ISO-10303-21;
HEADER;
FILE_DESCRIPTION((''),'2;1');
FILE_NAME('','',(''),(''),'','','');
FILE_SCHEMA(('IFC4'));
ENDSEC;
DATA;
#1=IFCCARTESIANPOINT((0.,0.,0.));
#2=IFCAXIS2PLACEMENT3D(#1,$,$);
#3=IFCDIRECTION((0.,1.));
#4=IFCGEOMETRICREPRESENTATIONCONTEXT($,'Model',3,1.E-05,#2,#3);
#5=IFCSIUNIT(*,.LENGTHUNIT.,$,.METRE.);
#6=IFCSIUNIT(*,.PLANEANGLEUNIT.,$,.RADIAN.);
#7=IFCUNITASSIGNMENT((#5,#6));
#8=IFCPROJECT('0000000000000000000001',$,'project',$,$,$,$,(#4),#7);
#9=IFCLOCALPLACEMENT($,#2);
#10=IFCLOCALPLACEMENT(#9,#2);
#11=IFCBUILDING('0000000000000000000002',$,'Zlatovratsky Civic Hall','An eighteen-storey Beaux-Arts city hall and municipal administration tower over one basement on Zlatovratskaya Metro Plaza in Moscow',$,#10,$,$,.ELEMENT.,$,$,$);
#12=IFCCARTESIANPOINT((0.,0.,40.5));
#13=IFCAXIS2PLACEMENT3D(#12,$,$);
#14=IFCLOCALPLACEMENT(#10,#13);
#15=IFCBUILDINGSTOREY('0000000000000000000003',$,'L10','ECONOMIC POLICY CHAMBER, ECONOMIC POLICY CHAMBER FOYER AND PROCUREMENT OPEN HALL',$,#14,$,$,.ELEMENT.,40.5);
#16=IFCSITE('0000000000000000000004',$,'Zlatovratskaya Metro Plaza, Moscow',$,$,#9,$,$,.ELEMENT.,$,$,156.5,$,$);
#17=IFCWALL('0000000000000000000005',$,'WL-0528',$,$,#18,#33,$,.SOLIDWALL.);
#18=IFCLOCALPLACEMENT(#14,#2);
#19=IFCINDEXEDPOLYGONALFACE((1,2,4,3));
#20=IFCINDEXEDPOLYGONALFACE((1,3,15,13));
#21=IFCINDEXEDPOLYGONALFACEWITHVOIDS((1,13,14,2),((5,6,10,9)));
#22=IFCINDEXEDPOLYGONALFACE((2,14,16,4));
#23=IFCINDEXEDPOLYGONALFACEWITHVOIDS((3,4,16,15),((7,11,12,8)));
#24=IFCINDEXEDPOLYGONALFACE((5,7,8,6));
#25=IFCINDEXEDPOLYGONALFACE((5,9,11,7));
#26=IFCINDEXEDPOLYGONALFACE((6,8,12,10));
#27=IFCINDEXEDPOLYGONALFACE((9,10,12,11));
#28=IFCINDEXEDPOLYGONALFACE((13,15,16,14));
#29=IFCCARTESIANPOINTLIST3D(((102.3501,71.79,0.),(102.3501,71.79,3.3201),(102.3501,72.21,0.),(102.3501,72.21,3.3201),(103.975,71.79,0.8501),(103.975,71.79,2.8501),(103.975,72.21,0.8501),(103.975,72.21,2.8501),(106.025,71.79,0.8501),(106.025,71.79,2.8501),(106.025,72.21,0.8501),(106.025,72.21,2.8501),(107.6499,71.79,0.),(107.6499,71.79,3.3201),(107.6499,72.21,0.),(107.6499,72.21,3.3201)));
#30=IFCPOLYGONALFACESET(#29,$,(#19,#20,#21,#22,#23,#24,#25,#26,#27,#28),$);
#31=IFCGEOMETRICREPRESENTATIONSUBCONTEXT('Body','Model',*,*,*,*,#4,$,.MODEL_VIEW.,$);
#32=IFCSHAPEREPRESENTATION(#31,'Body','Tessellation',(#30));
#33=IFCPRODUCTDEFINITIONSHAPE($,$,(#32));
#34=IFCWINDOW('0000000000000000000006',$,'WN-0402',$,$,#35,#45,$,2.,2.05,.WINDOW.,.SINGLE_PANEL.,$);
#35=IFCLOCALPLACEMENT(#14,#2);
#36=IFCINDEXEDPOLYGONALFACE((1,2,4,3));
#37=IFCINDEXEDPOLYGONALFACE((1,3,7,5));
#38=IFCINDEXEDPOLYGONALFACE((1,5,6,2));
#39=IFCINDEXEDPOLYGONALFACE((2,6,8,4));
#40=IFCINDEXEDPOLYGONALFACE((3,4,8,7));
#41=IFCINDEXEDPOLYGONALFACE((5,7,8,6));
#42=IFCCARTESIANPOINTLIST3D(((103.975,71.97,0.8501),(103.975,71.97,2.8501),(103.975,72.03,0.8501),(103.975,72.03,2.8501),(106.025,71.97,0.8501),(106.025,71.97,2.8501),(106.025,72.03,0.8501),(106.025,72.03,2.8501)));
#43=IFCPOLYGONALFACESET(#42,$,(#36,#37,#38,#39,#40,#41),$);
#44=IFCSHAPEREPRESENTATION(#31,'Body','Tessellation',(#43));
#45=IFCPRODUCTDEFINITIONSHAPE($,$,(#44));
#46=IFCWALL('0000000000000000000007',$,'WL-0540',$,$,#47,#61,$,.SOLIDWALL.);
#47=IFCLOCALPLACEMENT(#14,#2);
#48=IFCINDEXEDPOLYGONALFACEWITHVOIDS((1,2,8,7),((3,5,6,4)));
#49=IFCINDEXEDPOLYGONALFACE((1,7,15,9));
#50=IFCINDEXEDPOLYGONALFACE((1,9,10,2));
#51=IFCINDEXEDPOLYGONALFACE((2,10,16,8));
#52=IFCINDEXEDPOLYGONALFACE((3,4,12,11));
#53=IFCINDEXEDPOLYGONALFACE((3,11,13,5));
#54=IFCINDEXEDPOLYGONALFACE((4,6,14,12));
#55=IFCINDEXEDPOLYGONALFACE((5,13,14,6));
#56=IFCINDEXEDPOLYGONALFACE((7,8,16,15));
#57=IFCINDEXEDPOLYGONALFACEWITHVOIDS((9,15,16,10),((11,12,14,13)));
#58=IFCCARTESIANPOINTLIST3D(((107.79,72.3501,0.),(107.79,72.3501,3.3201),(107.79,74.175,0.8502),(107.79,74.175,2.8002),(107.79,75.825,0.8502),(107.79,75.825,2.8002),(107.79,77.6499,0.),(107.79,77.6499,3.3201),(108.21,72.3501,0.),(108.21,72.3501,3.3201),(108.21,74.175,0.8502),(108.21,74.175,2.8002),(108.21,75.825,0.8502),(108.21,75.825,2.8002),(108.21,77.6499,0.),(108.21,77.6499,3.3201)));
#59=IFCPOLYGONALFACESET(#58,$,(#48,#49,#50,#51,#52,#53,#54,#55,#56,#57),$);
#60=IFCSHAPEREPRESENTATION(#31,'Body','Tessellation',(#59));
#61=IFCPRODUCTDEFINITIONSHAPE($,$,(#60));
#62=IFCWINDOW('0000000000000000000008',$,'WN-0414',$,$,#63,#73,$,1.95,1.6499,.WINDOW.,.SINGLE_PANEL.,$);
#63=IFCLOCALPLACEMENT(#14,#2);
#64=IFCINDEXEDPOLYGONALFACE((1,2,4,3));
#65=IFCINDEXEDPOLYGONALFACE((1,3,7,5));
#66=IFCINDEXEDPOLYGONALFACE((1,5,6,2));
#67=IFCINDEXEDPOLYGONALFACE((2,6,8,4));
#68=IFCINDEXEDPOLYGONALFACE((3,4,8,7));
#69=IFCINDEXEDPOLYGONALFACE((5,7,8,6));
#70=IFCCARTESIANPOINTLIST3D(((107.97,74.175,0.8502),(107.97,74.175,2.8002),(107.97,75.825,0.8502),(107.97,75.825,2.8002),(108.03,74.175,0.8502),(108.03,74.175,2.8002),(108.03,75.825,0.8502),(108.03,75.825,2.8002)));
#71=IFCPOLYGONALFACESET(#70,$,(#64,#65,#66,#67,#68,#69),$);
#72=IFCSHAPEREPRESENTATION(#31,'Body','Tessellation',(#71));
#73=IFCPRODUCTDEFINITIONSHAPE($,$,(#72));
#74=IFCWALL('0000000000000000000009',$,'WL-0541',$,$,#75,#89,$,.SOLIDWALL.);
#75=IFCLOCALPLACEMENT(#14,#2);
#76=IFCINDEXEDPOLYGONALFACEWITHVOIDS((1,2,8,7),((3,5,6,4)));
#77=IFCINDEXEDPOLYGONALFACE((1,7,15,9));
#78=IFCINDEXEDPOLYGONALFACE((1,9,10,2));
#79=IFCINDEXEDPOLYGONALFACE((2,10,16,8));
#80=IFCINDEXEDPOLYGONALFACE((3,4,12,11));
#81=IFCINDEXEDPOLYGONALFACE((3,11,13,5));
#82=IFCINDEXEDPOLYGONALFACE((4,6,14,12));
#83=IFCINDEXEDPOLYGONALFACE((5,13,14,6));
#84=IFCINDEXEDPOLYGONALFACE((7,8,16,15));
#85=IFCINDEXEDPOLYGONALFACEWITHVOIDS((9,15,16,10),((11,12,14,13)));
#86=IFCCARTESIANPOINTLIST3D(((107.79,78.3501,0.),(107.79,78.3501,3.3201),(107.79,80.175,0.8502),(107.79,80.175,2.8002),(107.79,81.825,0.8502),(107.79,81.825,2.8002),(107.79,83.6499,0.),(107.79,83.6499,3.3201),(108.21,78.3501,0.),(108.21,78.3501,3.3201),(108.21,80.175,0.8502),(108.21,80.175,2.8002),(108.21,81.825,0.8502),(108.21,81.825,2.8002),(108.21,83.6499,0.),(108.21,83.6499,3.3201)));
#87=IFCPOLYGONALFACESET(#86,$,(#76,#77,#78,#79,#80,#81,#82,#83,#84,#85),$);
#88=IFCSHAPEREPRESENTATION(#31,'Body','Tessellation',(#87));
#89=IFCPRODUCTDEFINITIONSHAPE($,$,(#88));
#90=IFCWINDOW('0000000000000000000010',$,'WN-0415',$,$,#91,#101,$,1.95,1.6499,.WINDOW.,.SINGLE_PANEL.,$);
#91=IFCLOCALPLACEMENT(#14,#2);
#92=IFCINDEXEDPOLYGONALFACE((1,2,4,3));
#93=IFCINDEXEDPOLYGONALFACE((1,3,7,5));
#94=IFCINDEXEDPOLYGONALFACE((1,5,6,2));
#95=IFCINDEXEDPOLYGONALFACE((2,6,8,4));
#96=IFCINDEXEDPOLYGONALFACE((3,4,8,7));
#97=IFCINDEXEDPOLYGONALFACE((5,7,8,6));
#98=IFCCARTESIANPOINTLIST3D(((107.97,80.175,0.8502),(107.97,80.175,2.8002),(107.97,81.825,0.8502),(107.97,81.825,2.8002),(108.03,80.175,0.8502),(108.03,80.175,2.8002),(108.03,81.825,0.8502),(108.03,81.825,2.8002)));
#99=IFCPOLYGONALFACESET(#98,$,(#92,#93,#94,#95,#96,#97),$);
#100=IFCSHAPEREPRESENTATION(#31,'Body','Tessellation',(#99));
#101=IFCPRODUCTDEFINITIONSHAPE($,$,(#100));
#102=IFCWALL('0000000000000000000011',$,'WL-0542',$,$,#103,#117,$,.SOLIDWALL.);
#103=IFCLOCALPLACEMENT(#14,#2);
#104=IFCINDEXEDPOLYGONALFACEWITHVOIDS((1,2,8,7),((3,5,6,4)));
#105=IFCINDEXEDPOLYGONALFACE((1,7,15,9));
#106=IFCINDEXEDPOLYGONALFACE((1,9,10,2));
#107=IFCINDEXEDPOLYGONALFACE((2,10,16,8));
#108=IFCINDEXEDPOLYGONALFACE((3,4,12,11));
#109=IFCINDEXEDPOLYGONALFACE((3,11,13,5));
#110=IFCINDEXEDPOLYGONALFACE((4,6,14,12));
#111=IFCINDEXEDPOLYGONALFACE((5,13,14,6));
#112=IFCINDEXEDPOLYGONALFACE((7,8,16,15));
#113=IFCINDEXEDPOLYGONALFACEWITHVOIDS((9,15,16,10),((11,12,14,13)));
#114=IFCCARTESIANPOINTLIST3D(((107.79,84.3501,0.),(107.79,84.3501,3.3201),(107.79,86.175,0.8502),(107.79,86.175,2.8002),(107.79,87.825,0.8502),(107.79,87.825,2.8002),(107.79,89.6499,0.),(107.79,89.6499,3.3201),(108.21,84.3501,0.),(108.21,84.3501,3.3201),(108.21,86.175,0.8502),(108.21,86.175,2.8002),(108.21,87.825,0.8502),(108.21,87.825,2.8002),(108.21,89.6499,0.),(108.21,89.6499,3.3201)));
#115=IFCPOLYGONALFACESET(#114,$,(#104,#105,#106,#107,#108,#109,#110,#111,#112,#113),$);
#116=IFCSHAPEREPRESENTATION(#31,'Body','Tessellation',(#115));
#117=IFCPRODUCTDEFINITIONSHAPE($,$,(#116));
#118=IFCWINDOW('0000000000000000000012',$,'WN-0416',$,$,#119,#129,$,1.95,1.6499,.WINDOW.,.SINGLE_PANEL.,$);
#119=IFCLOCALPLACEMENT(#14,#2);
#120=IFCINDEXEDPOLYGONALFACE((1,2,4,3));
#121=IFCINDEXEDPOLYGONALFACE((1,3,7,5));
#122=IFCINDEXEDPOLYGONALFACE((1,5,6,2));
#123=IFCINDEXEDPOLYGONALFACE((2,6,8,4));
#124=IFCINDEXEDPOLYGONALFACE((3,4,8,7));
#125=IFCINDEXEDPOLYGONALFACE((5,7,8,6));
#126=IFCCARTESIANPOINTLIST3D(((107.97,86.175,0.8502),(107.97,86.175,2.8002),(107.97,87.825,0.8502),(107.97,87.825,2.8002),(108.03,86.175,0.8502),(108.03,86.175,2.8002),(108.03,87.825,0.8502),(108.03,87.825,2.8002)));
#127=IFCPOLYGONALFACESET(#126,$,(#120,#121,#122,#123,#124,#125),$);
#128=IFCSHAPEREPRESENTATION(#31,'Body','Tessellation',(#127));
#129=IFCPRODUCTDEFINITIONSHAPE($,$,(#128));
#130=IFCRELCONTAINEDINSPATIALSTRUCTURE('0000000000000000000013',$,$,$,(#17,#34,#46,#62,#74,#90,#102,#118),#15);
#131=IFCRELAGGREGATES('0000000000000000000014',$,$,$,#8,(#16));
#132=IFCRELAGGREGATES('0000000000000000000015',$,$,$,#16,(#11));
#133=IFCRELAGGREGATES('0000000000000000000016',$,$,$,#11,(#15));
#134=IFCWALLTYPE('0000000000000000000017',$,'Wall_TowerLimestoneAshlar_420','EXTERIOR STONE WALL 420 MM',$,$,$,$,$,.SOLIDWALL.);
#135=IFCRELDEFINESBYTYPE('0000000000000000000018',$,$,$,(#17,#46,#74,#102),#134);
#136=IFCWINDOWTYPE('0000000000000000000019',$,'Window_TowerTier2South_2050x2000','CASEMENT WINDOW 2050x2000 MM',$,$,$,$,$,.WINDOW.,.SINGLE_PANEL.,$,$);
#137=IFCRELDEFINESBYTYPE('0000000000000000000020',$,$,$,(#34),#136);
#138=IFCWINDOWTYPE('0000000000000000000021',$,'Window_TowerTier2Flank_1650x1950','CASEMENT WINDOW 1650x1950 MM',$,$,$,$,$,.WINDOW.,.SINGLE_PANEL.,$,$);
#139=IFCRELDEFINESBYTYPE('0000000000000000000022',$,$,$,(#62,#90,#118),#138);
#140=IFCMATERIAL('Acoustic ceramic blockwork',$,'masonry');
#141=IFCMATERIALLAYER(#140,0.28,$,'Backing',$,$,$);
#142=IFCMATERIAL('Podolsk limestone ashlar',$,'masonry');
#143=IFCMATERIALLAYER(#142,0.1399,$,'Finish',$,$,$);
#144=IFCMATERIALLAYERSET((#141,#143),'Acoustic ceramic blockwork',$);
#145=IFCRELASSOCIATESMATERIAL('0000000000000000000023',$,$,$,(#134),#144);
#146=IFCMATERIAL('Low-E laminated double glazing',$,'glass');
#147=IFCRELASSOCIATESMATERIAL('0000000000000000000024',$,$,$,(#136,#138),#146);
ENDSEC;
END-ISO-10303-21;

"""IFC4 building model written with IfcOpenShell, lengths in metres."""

from ifc_helpers import new_model, si_unit, direction, frame, frame_2d, origin, place, context, subcontext, project, spatial, rectangle, extrude, material, layer, layer_set, type_object, element, fill, save


model = new_model("IFC4")

# Units and contexts
model_context = context("Model", 3, precision=1e-05, world=origin(), true_north=direction((0.0, 1.0)))
body_context = subcontext(model_context, "Body", "Model", "MODEL_VIEW")
ifc_project = project(units=[si_unit("LENGTHUNIT", "METRE"), si_unit("PLANEANGLEUNIT", "RADIAN")], contexts=[model_context])

# Site, building, storey
site_placement = place(None, origin())
site = spatial("IfcSite", under=ifc_project, at=site_placement, Name="Zlatovratskaya Metro Plaza, Moscow", CompositionType="ELEMENT", RefElevation=156.5)
building_placement = place(site_placement, origin())
building = spatial("IfcBuilding", under=site, at=building_placement, Name="Zlatovratsky Civic Hall", Description="An eighteen-storey Beaux-Arts city hall and municipal administration tower over one basement on Zlatovratskaya Metro Plaza in Moscow", CompositionType="ELEMENT")
storey_placement = place(building_placement, frame((0.0, 0.0, 40.5)))
storey = spatial("IfcBuildingStorey", under=building, at=storey_placement, Name="L10", Description="ECONOMIC POLICY CHAMBER, ECONOMIC POLICY CHAMBER FOYER AND PROCUREMENT OPEN HALL", CompositionType="ELEMENT", Elevation=40.5)

# Walls, openings, windows
ifc_material_1 = material(Name="Acoustic ceramic blockwork", Category="masonry")
ifc_layer_1 = layer(ifc_material_1, 0.28, Name="Backing")
ifc_material_2 = material(Name="Podolsk limestone ashlar", Category="masonry")
ifc_layer_2 = layer(ifc_material_2, 0.1399, Name="Finish")
ifc_layer_set_1 = layer_set([ifc_layer_1, ifc_layer_2], Name="Acoustic ceramic blockwork")
wall_type_1 = type_object("IfcWallType", Name="Wall_TowerLimestoneAshlar_420", Description="EXTERIOR STONE WALL 420 MM", PredefinedType="SOLIDWALL", material=ifc_layer_set_1)
wall_1_placement = place(storey_placement, frame((102.3501, 72.0, 0.0), z_axis=(0.0, 0.0, 1.0), x_axis=(1.0, 0.0, 0.0)))
wall_1 = element("IfcWall", 1, at=wall_1_placement, inside=storey, type_object=wall_type_1, Name="WL-0528", PredefinedType="SOLIDWALL", context=body_context, shape_type="SweptSolid", body=[
    extrude(rectangle(XDim=5.2998, YDim=0.4199, at=frame_2d((2.6499, 0.0))), origin(), (0.0, 0.0, 1.0), 3.3201),
])
opening_1_placement = place(wall_1_placement, frame((1.625, 0.0, 0.8501)))
opening_1 = element("IfcOpeningElement", 2, at=opening_1_placement, cuts=wall_1, PredefinedType="OPENING", context=body_context, shape_type="SweptSolid", body=[
    extrude(rectangle(XDim=2.05, YDim=2.0, at=frame_2d((1.0249, 1.0))), frame((0.0, 0.2249, 0.0), z_axis=(0.0, -1.0, 0.0), x_axis=(1.0, 0.0, 0.0)), (0.0, 0.0, 1.0), 0.4497),
])
ifc_material_3 = material(Name="Low-E laminated double glazing", Category="glass")
window_type_1 = type_object("IfcWindowType", Name="Window_TowerTier2South_2050x2000", Description="CASEMENT WINDOW 2050x2000 MM", PartitioningType="SINGLE_PANEL", PredefinedType="WINDOW", material=ifc_material_3)
window_1_placement = place(opening_1_placement, origin())
window_1 = element("IfcWindow", 3, at=window_1_placement, inside=storey, type_object=window_type_1, Name="WN-0402", OverallHeight=2.0, OverallWidth=2.05, PartitioningType="SINGLE_PANEL", PredefinedType="WINDOW", context=body_context, shape_type="SweptSolid", body=[
    extrude(rectangle(XDim=2.05, YDim=2.0, at=frame_2d((1.0249, 1.0))), frame((0.0, 0.03, 0.0), z_axis=(0.0, -1.0, 0.0), x_axis=(1.0, 0.0, 0.0)), (0.0, 0.0, 1.0), 0.0601),
])
fill(opening_1, window_1)
wall_2_placement = place(storey_placement, frame((108.0, 72.3501, 0.0), z_axis=(0.0, 0.0, 1.0), x_axis=(0.0, 1.0, 0.0)))
wall_2 = element("IfcWall", 4, at=wall_2_placement, inside=storey, type_object=wall_type_1, Name="WL-0540", PredefinedType="SOLIDWALL", context=body_context, shape_type="SweptSolid", body=[
    extrude(rectangle(XDim=5.2998, YDim=0.4199, at=frame_2d((2.6499, 0.0))), origin(), (0.0, 0.0, 1.0), 3.3201),
])
opening_2_placement = place(wall_2_placement, frame((1.825, 0.0, 0.8501)))
opening_2 = element("IfcOpeningElement", 5, at=opening_2_placement, cuts=wall_2, PredefinedType="OPENING", context=body_context, shape_type="SweptSolid", body=[
    extrude(rectangle(XDim=1.6499, YDim=1.95, at=frame_2d((0.825, 0.9751))), frame((0.0, 0.2249, 0.0), z_axis=(0.0, -1.0, 0.0), x_axis=(1.0, 0.0, 0.0)), (0.0, 0.0, 1.0), 0.4497),
])
window_type_2 = type_object("IfcWindowType", Name="Window_TowerTier2Flank_1650x1950", Description="CASEMENT WINDOW 1650x1950 MM", PartitioningType="SINGLE_PANEL", PredefinedType="WINDOW", material=ifc_material_3)
window_2_placement = place(opening_2_placement, origin())
window_2 = element("IfcWindow", 6, at=window_2_placement, inside=storey, type_object=window_type_2, Name="WN-0414", OverallHeight=1.95, OverallWidth=1.6499, PartitioningType="SINGLE_PANEL", PredefinedType="WINDOW", context=body_context, shape_type="SweptSolid", body=[
    extrude(rectangle(XDim=1.6499, YDim=1.95, at=frame_2d((0.825, 0.9751))), frame((0.0, 0.03, 0.0), z_axis=(0.0, -1.0, 0.0), x_axis=(1.0, 0.0, 0.0)), (0.0, 0.0, 1.0), 0.0601),
])
fill(opening_2, window_2)
wall_3_placement = place(storey_placement, frame((108.0, 78.3501, 0.0), z_axis=(0.0, 0.0, 1.0), x_axis=(0.0, 1.0, 0.0)))
wall_3 = element("IfcWall", 7, at=wall_3_placement, inside=storey, type_object=wall_type_1, Name="WL-0541", PredefinedType="SOLIDWALL", context=body_context, shape_type="SweptSolid", body=[
    extrude(rectangle(XDim=5.2998, YDim=0.4199, at=frame_2d((2.6499, 0.0))), origin(), (0.0, 0.0, 1.0), 3.3201),
])
opening_3_placement = place(wall_3_placement, frame((1.825, 0.0, 0.8501)))
opening_3 = element("IfcOpeningElement", 8, at=opening_3_placement, cuts=wall_3, PredefinedType="OPENING", context=body_context, shape_type="SweptSolid", body=[
    extrude(rectangle(XDim=1.6499, YDim=1.95, at=frame_2d((0.825, 0.9751))), frame((0.0, 0.2249, 0.0), z_axis=(0.0, -1.0, 0.0), x_axis=(1.0, 0.0, 0.0)), (0.0, 0.0, 1.0), 0.4497),
])
window_3_placement = place(opening_3_placement, origin())
window_3 = element("IfcWindow", 9, at=window_3_placement, inside=storey, type_object=window_type_2, Name="WN-0415", OverallHeight=1.95, OverallWidth=1.6499, PartitioningType="SINGLE_PANEL", PredefinedType="WINDOW", context=body_context, shape_type="SweptSolid", body=[
    extrude(rectangle(XDim=1.6499, YDim=1.95, at=frame_2d((0.825, 0.9751))), frame((0.0, 0.03, 0.0), z_axis=(0.0, -1.0, 0.0), x_axis=(1.0, 0.0, 0.0)), (0.0, 0.0, 1.0), 0.0601),
])
fill(opening_3, window_3)
wall_4_placement = place(storey_placement, frame((108.0, 84.3501, 0.0), z_axis=(0.0, 0.0, 1.0), x_axis=(0.0, 1.0, 0.0)))
wall_4 = element("IfcWall", 10, at=wall_4_placement, inside=storey, type_object=wall_type_1, Name="WL-0542", PredefinedType="SOLIDWALL", context=body_context, shape_type="SweptSolid", body=[
    extrude(rectangle(XDim=5.2998, YDim=0.4199, at=frame_2d((2.6499, 0.0))), origin(), (0.0, 0.0, 1.0), 3.3201),
])
opening_4_placement = place(wall_4_placement, frame((1.825, 0.0, 0.8501)))
opening_4 = element("IfcOpeningElement", 11, at=opening_4_placement, cuts=wall_4, PredefinedType="OPENING", context=body_context, shape_type="SweptSolid", body=[
    extrude(rectangle(XDim=1.6499, YDim=1.95, at=frame_2d((0.825, 0.9751))), frame((0.0, 0.2249, 0.0), z_axis=(0.0, -1.0, 0.0), x_axis=(1.0, 0.0, 0.0)), (0.0, 0.0, 1.0), 0.4497),
])
window_4_placement = place(opening_4_placement, origin())
window_4 = element("IfcWindow", 12, at=window_4_placement, inside=storey, type_object=window_type_2, Name="WN-0416", OverallHeight=1.95, OverallWidth=1.6499, PartitioningType="SINGLE_PANEL", PredefinedType="WINDOW", context=body_context, shape_type="SweptSolid", body=[
    extrude(rectangle(XDim=1.6499, YDim=1.95, at=frame_2d((0.825, 0.9751))), frame((0.0, 0.03, 0.0), z_axis=(0.0, -1.0, 0.0), x_axis=(1.0, 0.0, 0.0)), (0.0, 0.0, 1.0), 0.0601),
])
fill(opening_4, window_4)

save(model, "model.ifc")
